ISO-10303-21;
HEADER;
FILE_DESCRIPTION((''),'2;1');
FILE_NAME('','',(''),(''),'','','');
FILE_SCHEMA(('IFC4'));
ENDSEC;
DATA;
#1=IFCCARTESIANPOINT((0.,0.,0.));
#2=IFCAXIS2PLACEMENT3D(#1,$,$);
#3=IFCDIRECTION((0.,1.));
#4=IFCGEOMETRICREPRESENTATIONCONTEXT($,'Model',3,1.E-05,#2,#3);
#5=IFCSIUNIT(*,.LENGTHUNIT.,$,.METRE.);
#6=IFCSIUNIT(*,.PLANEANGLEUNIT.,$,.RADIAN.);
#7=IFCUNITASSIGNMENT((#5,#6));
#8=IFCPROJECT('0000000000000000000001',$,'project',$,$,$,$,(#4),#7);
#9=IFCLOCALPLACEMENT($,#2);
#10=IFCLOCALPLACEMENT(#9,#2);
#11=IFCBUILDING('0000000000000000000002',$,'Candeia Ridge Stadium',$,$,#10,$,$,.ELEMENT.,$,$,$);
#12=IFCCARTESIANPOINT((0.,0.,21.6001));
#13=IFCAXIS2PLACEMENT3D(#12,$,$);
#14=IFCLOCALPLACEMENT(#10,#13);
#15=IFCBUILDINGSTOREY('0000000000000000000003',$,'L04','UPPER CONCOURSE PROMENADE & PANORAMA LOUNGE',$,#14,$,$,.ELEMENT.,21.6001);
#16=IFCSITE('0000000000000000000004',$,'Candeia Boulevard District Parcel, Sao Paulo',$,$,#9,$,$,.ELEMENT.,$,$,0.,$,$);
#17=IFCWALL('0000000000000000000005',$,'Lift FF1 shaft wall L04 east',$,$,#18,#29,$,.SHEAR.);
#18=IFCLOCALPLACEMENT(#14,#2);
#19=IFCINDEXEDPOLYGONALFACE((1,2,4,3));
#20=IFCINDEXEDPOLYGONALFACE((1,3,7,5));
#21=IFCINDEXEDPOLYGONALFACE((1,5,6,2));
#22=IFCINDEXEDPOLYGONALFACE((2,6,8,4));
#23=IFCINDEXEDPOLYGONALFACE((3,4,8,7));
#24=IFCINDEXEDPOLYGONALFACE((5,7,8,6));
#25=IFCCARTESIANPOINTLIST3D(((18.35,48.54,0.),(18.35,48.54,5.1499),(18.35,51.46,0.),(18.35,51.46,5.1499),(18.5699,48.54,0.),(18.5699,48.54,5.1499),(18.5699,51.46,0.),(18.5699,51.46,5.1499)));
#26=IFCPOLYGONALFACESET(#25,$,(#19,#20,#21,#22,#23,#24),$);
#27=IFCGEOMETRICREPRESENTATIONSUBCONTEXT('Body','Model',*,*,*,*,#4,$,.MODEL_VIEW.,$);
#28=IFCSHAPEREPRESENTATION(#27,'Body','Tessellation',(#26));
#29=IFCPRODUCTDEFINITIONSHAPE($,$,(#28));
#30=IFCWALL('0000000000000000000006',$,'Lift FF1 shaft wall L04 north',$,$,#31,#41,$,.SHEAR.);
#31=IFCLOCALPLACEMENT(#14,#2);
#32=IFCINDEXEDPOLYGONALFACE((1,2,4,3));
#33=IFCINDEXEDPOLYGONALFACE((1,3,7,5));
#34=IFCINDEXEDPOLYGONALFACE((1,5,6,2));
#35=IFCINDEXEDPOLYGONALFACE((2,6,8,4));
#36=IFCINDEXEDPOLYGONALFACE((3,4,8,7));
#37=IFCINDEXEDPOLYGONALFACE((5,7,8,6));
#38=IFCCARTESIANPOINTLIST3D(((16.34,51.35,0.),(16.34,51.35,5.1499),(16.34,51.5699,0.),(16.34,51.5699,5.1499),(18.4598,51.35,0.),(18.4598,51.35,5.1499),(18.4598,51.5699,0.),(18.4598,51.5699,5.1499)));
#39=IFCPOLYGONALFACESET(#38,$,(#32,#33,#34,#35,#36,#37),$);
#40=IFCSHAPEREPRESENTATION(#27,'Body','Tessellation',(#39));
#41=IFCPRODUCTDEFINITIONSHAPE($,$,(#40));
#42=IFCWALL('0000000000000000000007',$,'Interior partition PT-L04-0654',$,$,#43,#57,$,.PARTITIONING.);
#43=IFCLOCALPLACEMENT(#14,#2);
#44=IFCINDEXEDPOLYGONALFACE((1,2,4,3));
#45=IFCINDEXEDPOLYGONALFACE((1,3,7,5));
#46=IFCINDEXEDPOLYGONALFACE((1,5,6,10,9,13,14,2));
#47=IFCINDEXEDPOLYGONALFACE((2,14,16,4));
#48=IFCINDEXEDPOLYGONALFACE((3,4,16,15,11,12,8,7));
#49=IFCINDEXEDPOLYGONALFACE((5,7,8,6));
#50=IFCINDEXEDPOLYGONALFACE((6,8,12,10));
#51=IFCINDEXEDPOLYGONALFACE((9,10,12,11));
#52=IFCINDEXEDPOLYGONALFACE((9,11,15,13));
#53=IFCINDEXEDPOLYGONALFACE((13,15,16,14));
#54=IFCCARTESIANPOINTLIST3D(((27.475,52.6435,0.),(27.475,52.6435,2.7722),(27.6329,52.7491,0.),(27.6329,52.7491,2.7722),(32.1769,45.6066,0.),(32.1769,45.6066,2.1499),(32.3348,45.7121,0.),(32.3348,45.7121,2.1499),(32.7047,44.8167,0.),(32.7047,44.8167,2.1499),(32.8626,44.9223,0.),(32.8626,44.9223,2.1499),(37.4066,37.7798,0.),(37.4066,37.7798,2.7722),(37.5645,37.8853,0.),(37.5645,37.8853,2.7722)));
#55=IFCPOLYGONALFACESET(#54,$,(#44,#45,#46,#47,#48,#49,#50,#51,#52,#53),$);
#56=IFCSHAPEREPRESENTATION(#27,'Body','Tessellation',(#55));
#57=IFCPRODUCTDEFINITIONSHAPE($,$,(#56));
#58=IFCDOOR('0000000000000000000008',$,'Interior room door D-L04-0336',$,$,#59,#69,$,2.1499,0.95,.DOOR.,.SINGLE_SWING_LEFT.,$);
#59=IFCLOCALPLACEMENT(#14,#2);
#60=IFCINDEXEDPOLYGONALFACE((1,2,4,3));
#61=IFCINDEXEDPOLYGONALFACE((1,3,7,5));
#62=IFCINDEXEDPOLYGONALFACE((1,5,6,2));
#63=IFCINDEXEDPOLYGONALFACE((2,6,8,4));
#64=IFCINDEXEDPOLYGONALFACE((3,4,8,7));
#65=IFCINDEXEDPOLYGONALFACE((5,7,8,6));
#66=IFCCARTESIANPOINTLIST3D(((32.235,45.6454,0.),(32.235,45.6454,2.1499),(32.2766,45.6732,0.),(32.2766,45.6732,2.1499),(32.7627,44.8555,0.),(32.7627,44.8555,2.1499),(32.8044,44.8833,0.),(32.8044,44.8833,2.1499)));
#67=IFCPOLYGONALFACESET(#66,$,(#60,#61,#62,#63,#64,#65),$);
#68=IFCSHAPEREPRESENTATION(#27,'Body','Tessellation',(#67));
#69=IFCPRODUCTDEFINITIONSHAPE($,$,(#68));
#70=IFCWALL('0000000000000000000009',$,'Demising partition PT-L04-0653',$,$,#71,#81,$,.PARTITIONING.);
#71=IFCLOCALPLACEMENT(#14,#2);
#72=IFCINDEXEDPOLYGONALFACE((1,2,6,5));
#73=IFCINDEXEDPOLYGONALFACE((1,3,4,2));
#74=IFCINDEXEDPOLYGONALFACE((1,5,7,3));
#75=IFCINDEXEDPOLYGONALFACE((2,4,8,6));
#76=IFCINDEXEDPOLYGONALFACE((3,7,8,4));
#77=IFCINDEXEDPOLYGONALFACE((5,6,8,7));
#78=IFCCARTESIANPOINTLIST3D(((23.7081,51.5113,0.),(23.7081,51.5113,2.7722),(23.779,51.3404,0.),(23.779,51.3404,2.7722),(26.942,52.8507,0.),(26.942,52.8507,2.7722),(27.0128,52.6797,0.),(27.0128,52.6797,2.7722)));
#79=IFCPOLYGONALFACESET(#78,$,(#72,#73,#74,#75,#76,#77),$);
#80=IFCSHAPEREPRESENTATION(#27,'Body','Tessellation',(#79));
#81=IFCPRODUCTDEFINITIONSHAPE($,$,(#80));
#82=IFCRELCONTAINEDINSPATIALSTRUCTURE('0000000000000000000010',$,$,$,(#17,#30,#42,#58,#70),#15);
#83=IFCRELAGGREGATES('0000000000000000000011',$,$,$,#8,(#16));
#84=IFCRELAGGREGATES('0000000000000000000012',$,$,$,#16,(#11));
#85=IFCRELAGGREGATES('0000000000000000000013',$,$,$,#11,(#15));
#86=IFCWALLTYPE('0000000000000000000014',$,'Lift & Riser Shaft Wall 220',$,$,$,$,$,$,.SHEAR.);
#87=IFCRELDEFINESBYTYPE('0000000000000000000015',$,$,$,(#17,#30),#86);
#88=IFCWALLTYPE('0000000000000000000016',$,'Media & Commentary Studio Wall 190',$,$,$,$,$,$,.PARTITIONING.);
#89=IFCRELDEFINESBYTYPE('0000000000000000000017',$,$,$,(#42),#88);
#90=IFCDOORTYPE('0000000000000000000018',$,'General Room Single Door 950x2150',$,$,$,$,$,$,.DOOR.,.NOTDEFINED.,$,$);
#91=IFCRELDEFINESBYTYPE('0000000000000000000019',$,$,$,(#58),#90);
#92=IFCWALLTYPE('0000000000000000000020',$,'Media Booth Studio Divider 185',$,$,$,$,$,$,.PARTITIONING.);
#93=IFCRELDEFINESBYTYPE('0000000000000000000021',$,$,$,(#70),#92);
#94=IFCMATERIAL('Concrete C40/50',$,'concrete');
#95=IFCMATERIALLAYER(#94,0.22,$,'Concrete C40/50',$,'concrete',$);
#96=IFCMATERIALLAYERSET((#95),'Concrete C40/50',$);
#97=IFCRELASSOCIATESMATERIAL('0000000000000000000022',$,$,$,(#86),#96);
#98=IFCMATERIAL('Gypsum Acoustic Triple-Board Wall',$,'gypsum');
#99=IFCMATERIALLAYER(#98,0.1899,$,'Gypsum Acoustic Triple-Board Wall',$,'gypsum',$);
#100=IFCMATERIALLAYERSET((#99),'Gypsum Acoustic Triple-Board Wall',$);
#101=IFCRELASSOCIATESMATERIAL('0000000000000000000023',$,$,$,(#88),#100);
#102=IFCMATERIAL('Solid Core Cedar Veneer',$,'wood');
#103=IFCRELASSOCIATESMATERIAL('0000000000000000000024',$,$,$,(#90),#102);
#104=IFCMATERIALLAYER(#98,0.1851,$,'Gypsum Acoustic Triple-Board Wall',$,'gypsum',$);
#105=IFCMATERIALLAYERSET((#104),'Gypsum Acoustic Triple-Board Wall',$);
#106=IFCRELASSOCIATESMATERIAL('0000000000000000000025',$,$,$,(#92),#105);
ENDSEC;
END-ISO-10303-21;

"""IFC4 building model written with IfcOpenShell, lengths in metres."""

from ifc_helpers import new_model, si_unit, direction, frame, frame_2d, origin, place, context, subcontext, project, spatial, rectangle, extrude, material, layer, layer_set, type_object, element, fill, save


model = new_model("IFC4")

# Units and contexts
model_context = context("Model", 3, precision=1e-05, world=origin(), true_north=direction((0.0, 1.0)))
body_context = subcontext(model_context, "Body", "Model", "MODEL_VIEW")
ifc_project = project(units=[si_unit("LENGTHUNIT", "METRE"), si_unit("PLANEANGLEUNIT", "RADIAN")], contexts=[model_context])

# Site, building, storey
site_placement = place(None, origin())
site = spatial("IfcSite", under=ifc_project, at=site_placement, Name="Candeia Boulevard District Parcel, Sao Paulo", CompositionType="ELEMENT", RefElevation=0.0)
building_placement = place(site_placement, origin())
building = spatial("IfcBuilding", under=site, at=building_placement, Name="Candeia Ridge Stadium", CompositionType="ELEMENT")
storey_placement = place(building_placement, frame((0.0, 0.0, 21.6001)))
storey = spatial("IfcBuildingStorey", under=building, at=storey_placement, Name="L04", Description="UPPER CONCOURSE PROMENADE & PANORAMA LOUNGE", CompositionType="ELEMENT", Elevation=21.6001)

# Shared definitions
ifc_material_1 = material(Name="Concrete C40/50", Category="concrete")

# Walls
ifc_layer_1 = layer(ifc_material_1, 0.22, Name="Concrete C40/50", Category="concrete")
ifc_layer_set_1 = layer_set([ifc_layer_1], Name="Concrete C40/50")
wall_type_1 = type_object("IfcWallType", Name="Lift & Riser Shaft Wall 220", PredefinedType="SHEAR", material=ifc_layer_set_1)
wall_1_placement = place(storey_placement, frame((18.46, 48.54, 0.0), z_axis=(0.0, 0.0, 1.0), x_axis=(0.0, 1.0, 0.0)))
element("IfcWall", 1, at=wall_1_placement, inside=storey, type_object=wall_type_1, Name="Lift FF1 shaft wall L04 east", PredefinedType="SHEAR", context=body_context, shape_type="SweptSolid", body=[
    extrude(rectangle(XDim=2.9199, YDim=0.22, at=frame_2d((1.46, 0.0))), origin(), (0.0, 0.0, 1.0), 5.1499),
])
wall_2_placement = place(storey_placement, frame((18.46, 51.46, 0.0), z_axis=(0.0, 0.0, 1.0), x_axis=(-1.0, 0.0, 0.0)))
element("IfcWall", 2, at=wall_2_placement, inside=storey, type_object=wall_type_1, Name="Lift FF1 shaft wall L04 north", PredefinedType="SHEAR", context=body_context, shape_type="SweptSolid", body=[
    extrude(rectangle(XDim=2.1199, YDim=0.22, at=frame_2d((1.0601, 0.0))), origin(), (0.0, 0.0, 1.0), 5.1499),
])

# Wall, opening, door
ifc_material_2 = material(Name="Gypsum Acoustic Triple-Board Wall", Category="gypsum")
ifc_layer_2 = layer(ifc_material_2, 0.1899, Name="Gypsum Acoustic Triple-Board Wall", Category="gypsum")
ifc_layer_set_2 = layer_set([ifc_layer_2], Name="Gypsum Acoustic Triple-Board Wall")
wall_type_2 = type_object("IfcWallType", Name="Media & Commentary Studio Wall 190", PredefinedType="PARTITIONING", material=ifc_layer_set_2)
wall_3_placement = place(storey_placement, frame((27.554, 52.6963, 0.0), z_axis=(0.0, 0.0, 1.0), x_axis=(0.55557, -0.83147, 0.0)))
wall_3 = element("IfcWall", 3, at=wall_3_placement, inside=storey, type_object=wall_type_2, Name="Interior partition PT-L04-0654", PredefinedType="PARTITIONING", context=body_context, shape_type="SweptSolid", body=[
    extrude(rectangle(XDim=17.8765, YDim=0.1899, at=frame_2d((8.9382, 0.0))), origin(), (0.0, 0.0, 1.0), 2.7722),
])
opening_placement = place(wall_3_placement, frame((8.4631, 0.0, 0.0)))
opening = element("IfcOpeningElement", 4, at=opening_placement, cuts=wall_3, PredefinedType="OPENING", context=body_context, shape_type="SweptSolid", body=[
    extrude(rectangle(XDim=0.95, YDim=2.1499, at=frame_2d((0.4751, 1.075))), frame((0.0, 0.105, 0.0), z_axis=(0.0, -1.0, 0.0), x_axis=(1.0, 0.0, 0.0)), (0.0, 0.0, 1.0), 0.21),
])
ifc_material_3 = material(Name="Solid Core Cedar Veneer", Category="wood")
door_type = type_object("IfcDoorType", Name="General Room Single Door 950x2150", OperationType="NOTDEFINED", PredefinedType="DOOR", material=ifc_material_3)
door_placement = place(opening_placement, origin())
door = element("IfcDoor", 5, at=door_placement, inside=storey, type_object=door_type, Name="Interior room door D-L04-0336", OperationType="SINGLE_SWING_LEFT", OverallHeight=2.1499, OverallWidth=0.95, PredefinedType="DOOR", context=body_context, shape_type="SweptSolid", body=[
    extrude(rectangle(XDim=0.95, YDim=2.1499, at=frame_2d((0.4751, 1.075))), frame((0.0, 0.0249, 0.0), z_axis=(0.0, -1.0, 0.0), x_axis=(1.0, 0.0, 0.0)), (0.0, 0.0, 1.0), 0.05),
])
fill(opening, door)

# Wall
ifc_layer_3 = layer(ifc_material_2, 0.1851, Name="Gypsum Acoustic Triple-Board Wall", Category="gypsum")
ifc_layer_set_3 = layer_set([ifc_layer_3], Name="Gypsum Acoustic Triple-Board Wall")
wall_type_3 = type_object("IfcWallType", Name="Media Booth Studio Divider 185", PredefinedType="PARTITIONING", material=ifc_layer_set_3)
wall_4_placement = place(storey_placement, frame((26.9773, 52.7651, 0.0), z_axis=(0.0, 0.0, 1.0), x_axis=(-0.923896, -0.382643, 0.0)))
element("IfcWall", 6, at=wall_4_placement, inside=storey, type_object=wall_type_3, Name="Demising partition PT-L04-0653", PredefinedType="PARTITIONING", context=body_context, shape_type="SweptSolid", body=[
    extrude(rectangle(XDim=3.5002, YDim=0.1851, at=frame_2d((1.75, 0.0))), origin(), (0.0, 0.0, 1.0), 2.7722),
])

save(model, "model.ifc")
